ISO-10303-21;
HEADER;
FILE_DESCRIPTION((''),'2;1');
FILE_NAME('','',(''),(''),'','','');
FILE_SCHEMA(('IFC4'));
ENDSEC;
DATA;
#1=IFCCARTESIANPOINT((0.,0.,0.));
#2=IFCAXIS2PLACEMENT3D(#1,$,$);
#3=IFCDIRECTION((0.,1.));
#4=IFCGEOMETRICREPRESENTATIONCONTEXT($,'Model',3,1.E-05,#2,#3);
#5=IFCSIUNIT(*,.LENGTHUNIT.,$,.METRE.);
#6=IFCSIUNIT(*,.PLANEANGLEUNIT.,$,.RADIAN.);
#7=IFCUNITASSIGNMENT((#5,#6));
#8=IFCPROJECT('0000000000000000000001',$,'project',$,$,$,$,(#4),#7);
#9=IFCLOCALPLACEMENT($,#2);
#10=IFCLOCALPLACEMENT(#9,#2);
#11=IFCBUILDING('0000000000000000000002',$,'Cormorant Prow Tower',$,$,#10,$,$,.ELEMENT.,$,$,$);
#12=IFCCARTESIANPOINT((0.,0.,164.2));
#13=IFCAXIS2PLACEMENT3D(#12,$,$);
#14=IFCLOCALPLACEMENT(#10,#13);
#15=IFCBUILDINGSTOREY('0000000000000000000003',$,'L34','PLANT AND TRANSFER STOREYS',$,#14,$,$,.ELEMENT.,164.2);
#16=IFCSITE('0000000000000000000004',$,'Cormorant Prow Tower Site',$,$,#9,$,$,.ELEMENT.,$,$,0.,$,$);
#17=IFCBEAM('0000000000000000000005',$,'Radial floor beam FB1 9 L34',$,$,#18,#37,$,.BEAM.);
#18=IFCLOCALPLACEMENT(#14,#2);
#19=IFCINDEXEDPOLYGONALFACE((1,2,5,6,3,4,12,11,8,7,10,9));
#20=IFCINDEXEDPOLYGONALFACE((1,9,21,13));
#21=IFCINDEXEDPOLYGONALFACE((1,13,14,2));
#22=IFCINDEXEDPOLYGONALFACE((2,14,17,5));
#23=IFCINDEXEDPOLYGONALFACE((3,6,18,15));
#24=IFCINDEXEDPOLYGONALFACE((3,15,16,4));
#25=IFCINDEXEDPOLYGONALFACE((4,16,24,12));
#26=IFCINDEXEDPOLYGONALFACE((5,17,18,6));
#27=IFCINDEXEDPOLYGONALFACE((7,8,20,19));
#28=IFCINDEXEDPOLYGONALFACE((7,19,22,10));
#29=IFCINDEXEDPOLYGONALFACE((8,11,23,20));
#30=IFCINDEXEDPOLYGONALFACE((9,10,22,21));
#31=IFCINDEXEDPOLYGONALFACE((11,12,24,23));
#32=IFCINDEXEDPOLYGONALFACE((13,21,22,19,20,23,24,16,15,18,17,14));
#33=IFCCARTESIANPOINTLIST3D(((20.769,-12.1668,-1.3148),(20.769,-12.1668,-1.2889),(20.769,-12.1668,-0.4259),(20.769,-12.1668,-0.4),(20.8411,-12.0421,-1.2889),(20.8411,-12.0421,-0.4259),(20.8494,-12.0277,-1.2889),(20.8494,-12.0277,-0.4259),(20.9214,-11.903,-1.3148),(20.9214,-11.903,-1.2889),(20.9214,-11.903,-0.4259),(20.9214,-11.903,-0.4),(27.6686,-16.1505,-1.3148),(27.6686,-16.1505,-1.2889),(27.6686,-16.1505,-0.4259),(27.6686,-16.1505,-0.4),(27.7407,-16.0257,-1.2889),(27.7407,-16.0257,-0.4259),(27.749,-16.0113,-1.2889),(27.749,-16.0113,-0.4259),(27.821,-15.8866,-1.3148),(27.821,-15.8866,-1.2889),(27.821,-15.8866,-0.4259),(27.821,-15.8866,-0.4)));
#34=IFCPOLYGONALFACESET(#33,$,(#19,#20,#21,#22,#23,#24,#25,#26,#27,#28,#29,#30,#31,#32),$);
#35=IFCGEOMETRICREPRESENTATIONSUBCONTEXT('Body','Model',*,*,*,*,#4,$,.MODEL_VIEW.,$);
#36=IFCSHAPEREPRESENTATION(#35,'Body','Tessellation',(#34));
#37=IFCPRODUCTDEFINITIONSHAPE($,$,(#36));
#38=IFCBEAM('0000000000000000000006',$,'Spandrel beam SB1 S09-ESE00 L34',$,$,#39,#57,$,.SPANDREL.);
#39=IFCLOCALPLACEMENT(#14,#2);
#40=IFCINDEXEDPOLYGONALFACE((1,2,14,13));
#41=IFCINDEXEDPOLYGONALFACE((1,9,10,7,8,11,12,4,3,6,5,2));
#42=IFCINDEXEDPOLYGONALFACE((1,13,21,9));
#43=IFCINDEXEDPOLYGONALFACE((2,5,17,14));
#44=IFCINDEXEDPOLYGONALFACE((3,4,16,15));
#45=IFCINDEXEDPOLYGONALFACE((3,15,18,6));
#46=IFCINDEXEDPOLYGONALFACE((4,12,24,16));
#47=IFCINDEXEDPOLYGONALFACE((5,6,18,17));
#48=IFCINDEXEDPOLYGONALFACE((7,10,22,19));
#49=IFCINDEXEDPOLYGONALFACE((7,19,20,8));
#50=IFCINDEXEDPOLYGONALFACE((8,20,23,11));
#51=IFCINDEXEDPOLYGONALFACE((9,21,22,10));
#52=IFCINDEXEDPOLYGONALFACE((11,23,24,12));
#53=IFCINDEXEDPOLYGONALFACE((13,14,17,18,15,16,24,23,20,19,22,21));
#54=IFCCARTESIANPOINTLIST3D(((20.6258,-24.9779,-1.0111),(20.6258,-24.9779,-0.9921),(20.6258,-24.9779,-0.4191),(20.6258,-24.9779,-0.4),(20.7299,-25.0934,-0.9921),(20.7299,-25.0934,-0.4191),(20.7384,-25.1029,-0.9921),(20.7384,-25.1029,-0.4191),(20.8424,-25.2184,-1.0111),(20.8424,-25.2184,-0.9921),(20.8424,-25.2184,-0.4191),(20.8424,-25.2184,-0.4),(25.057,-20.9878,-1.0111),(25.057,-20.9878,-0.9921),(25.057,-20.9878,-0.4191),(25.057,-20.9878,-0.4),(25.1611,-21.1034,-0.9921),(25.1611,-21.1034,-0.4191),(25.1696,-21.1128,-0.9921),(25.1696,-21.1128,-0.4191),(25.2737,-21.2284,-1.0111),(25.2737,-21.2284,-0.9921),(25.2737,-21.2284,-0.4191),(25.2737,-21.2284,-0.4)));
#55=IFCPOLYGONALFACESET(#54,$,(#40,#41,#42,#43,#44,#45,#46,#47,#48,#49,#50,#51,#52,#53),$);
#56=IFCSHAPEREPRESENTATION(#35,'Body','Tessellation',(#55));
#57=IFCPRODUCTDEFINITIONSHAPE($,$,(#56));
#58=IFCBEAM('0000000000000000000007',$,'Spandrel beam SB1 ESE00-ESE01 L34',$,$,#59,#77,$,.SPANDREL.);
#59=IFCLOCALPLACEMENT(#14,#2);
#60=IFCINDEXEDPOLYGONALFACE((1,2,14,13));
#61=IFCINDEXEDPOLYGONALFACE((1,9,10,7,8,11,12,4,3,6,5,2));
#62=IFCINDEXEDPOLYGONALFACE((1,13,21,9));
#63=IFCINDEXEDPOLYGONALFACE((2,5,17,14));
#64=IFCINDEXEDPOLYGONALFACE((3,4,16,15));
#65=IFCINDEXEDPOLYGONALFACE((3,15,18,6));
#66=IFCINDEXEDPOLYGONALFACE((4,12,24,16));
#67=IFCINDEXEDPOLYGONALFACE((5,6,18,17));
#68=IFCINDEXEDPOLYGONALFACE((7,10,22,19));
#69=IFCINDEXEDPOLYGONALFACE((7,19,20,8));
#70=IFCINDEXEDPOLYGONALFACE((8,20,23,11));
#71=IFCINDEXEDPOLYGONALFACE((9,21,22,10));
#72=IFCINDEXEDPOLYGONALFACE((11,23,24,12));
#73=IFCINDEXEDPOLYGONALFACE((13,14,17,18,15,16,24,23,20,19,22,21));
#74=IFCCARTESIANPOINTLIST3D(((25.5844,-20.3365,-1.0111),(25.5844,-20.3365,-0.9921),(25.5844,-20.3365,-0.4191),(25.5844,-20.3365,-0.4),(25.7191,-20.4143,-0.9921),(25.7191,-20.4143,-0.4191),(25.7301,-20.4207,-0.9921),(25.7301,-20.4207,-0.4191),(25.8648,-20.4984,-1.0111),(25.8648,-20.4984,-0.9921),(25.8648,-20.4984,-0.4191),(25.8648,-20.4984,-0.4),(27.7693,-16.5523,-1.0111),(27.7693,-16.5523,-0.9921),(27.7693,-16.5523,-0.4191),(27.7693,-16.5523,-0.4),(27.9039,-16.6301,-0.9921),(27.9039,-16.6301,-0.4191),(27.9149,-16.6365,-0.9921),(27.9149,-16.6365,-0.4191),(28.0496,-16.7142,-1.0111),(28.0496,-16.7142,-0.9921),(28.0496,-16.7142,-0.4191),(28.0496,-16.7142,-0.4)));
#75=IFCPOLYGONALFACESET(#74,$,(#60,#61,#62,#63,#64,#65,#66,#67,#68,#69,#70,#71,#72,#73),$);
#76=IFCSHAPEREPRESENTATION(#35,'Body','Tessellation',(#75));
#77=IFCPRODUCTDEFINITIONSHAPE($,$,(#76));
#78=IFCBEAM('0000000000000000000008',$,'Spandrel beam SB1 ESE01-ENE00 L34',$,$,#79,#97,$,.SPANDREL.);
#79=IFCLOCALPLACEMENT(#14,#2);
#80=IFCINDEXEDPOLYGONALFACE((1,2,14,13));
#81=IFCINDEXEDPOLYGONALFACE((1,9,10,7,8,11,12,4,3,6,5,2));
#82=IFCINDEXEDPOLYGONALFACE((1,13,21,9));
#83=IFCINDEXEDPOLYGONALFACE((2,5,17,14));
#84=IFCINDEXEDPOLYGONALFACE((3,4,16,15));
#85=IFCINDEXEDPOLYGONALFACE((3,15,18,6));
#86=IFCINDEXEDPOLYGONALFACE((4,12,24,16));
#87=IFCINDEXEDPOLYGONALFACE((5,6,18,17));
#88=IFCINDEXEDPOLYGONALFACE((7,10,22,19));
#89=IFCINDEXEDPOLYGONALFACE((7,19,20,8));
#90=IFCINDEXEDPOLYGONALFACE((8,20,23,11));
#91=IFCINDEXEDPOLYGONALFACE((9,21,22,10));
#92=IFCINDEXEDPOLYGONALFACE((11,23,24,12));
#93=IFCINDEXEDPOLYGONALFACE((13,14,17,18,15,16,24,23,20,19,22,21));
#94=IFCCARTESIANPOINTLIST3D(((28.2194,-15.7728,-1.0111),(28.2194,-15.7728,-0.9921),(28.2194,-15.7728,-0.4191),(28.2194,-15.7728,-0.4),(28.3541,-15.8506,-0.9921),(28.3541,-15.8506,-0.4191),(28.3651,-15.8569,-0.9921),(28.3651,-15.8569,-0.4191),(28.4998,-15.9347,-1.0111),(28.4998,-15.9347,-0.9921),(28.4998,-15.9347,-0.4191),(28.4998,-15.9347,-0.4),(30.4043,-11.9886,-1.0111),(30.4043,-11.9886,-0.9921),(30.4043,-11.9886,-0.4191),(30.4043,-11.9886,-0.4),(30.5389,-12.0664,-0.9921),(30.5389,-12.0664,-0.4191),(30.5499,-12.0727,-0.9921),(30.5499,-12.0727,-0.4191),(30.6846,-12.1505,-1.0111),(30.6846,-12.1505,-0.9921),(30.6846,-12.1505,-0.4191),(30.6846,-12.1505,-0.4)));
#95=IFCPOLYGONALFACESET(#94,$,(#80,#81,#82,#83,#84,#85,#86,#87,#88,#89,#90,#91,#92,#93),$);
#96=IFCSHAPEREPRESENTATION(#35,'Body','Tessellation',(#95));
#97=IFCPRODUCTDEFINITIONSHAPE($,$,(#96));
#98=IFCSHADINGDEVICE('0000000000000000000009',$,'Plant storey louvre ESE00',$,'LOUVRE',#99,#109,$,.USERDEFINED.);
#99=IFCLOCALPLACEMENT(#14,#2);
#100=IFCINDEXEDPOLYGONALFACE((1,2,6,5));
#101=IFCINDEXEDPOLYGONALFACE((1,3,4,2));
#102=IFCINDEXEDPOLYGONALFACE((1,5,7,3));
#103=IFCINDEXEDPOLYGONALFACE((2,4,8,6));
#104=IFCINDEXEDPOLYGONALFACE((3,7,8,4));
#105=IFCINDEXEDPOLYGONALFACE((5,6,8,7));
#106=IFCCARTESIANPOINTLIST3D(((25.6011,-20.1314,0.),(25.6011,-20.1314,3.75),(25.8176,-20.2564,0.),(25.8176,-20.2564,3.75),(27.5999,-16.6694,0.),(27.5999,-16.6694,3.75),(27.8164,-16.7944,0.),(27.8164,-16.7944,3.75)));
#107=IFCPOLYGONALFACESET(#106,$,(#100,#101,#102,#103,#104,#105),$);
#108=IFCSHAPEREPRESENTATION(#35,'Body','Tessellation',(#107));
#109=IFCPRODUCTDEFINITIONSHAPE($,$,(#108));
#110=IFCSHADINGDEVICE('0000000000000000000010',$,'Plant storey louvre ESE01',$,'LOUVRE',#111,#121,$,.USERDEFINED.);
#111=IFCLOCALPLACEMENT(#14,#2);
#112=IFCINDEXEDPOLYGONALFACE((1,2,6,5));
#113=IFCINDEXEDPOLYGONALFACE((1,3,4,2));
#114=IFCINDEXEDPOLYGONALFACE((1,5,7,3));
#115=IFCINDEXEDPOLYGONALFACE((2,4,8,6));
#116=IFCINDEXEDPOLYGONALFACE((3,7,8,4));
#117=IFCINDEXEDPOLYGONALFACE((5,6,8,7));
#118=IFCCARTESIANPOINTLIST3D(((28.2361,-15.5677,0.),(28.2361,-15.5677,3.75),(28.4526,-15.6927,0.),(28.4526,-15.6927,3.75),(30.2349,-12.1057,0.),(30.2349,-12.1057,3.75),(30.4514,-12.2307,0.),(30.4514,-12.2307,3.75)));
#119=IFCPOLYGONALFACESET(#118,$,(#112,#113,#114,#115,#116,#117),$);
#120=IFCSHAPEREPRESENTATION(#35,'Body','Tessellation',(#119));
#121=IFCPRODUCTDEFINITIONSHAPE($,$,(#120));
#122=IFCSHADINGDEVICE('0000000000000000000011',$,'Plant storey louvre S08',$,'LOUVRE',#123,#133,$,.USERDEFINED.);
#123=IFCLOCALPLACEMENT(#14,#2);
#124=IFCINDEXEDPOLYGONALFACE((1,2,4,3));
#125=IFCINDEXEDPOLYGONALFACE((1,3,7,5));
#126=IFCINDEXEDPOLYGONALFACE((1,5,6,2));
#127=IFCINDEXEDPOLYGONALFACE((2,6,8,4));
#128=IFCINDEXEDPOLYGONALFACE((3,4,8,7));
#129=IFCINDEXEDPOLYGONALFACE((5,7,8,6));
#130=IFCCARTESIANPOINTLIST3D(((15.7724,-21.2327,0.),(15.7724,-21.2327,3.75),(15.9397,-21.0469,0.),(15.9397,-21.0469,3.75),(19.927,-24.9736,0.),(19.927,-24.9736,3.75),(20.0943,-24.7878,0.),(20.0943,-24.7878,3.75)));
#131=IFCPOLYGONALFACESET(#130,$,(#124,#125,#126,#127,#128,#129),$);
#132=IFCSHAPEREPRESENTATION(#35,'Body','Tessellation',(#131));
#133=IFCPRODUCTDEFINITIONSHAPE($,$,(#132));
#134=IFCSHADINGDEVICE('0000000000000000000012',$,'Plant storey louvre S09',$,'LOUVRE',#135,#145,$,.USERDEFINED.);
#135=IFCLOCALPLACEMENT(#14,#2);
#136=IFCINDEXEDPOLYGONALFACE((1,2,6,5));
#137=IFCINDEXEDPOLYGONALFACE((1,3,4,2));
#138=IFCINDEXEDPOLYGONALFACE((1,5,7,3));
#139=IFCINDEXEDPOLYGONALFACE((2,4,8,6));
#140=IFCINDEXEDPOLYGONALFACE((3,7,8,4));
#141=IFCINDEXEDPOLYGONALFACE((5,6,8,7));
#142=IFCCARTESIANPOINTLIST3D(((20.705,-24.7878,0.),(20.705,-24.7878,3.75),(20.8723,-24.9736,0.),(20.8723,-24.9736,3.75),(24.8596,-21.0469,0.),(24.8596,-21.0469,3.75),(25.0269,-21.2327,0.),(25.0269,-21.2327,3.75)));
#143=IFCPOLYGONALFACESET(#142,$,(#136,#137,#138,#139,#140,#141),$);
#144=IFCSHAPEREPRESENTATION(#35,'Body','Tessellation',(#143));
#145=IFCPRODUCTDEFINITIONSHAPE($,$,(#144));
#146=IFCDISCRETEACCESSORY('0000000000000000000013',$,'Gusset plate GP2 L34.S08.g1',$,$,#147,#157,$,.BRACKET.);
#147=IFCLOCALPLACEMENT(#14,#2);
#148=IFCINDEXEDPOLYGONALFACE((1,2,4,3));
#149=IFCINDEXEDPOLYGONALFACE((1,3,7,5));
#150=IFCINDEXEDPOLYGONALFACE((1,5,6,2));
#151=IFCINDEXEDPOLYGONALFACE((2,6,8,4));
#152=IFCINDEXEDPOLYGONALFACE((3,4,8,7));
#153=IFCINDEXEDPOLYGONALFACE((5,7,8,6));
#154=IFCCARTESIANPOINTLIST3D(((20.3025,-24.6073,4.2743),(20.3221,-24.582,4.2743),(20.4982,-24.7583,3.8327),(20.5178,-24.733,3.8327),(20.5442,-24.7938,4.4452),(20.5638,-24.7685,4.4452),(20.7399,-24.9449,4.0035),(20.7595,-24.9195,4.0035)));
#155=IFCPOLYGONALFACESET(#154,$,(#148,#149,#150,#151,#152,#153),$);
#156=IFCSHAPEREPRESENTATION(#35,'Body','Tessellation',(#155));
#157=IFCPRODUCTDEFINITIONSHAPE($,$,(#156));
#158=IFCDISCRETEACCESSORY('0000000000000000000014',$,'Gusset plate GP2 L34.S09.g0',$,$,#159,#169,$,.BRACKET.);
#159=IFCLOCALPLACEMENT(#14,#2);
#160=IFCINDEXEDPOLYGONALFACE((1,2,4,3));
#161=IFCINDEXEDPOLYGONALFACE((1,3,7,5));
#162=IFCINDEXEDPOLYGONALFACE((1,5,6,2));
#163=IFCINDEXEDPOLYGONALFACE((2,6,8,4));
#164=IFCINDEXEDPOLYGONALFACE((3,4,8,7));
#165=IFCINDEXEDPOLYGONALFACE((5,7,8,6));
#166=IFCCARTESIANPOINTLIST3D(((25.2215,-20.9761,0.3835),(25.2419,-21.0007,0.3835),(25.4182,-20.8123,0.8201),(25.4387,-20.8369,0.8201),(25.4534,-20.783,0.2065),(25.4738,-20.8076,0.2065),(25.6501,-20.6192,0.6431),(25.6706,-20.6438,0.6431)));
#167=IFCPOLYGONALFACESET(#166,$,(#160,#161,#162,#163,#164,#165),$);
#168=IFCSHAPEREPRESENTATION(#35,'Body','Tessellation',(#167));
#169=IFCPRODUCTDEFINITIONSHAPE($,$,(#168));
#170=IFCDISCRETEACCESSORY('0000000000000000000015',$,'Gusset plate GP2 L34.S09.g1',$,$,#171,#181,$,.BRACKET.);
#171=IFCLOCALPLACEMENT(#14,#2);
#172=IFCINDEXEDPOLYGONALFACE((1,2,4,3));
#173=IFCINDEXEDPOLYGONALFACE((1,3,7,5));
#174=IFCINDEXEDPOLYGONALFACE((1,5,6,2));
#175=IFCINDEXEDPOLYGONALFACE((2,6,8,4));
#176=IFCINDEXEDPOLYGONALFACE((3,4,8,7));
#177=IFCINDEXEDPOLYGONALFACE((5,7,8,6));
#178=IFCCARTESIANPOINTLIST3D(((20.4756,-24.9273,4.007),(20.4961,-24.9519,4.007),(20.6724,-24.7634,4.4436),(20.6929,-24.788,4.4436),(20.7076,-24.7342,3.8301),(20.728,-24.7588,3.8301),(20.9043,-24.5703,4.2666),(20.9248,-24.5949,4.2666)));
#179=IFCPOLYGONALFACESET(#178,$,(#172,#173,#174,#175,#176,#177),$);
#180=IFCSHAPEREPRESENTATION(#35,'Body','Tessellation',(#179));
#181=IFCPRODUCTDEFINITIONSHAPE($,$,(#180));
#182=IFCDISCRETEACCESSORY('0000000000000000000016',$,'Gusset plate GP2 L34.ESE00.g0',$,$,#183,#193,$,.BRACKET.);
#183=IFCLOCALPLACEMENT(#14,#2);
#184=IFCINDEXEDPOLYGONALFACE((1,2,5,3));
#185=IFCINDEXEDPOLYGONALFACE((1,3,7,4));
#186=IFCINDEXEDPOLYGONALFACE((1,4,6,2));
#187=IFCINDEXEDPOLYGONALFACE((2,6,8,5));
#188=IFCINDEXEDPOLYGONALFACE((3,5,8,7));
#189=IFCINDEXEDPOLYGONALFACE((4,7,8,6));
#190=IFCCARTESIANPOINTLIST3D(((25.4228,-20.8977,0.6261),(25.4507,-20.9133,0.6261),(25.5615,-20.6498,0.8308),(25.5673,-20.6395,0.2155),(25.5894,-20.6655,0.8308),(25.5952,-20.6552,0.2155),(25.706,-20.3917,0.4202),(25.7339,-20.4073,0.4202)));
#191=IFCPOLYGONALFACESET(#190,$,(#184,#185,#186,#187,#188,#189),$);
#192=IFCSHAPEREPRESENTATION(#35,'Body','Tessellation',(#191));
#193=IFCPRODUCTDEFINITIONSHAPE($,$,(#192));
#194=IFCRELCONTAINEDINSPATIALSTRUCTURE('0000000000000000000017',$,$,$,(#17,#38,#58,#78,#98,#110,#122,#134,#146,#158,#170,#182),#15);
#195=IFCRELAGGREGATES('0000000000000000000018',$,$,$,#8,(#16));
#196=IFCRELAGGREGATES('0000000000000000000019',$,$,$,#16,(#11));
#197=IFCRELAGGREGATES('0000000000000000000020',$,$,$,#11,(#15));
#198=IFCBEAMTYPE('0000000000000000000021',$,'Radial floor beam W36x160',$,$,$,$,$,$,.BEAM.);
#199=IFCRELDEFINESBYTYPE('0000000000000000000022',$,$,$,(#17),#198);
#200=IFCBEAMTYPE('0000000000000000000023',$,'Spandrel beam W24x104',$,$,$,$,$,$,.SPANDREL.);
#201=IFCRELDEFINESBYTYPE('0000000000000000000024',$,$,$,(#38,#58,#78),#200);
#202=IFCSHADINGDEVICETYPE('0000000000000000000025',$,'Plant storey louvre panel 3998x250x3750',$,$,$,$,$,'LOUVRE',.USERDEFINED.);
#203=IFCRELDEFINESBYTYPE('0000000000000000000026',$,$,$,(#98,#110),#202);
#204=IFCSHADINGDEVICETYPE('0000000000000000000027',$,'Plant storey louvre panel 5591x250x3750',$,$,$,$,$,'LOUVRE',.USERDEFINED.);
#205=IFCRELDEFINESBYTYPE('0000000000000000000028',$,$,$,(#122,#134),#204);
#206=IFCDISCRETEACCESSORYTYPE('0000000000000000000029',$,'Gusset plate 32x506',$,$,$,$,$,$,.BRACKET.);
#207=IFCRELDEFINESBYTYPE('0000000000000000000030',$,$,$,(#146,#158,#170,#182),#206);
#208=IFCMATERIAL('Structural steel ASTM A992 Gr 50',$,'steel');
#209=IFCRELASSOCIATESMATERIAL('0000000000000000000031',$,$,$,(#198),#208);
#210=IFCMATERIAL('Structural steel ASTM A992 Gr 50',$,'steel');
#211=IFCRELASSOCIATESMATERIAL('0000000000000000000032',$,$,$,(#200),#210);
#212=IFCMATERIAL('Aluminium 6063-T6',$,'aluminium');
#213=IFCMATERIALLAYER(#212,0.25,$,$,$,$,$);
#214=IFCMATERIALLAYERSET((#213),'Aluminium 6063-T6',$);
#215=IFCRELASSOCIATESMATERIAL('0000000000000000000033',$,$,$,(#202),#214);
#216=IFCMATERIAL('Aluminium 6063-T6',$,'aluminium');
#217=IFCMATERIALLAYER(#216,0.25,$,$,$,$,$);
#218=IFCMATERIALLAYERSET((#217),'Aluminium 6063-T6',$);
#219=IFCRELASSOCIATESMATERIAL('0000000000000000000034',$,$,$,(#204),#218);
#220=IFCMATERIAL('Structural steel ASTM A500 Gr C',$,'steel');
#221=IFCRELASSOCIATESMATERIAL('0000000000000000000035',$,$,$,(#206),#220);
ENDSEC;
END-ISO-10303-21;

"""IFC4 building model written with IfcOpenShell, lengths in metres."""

from ifc_helpers import new_model, si_unit, direction, frame, origin, origin_2d, place, context, subcontext, project, spatial, rectangle, i_section, extrude, material, layer, layer_set, material_profile, profile_set, type_object, element, save


model = new_model("IFC4")

# Units and contexts
model_context = context("Model", 3, precision=1e-05, world=origin(), true_north=direction((0.0, 1.0)))
body_context = subcontext(model_context, "Body", "Model", "MODEL_VIEW")
ifc_project = project(units=[si_unit("LENGTHUNIT", "METRE"), si_unit("PLANEANGLEUNIT", "RADIAN")], contexts=[model_context])

# Site, building, storey
site_placement = place(None, origin())
site = spatial("IfcSite", under=ifc_project, at=site_placement, Name="Cormorant Prow Tower Site", CompositionType="ELEMENT", RefElevation=0.0)
building_placement = place(site_placement, origin())
building = spatial("IfcBuilding", under=site, at=building_placement, Name="Cormorant Prow Tower", CompositionType="ELEMENT")
storey_placement = place(building_placement, frame((0.0, 0.0, 164.2)))
storey = spatial("IfcBuildingStorey", under=building, at=storey_placement, Name="L34", Description="PLANT AND TRANSFER STOREYS", CompositionType="ELEMENT", Elevation=164.2)

# Beams
ifc_material_1 = material(Name="Structural steel ASTM A992 Gr 50", Category="steel")
ifc_material_profile_1 = material_profile(ifc_material_1, i_section(OverallWidth=0.3047, OverallDepth=0.9148, WebThickness=0.0166, FlangeThickness=0.0259, at=origin_2d()), Name="W36x160")
ifc_profile_set_1 = profile_set([ifc_material_profile_1], Name="Structural steel ASTM A992 Gr 50")
beam_type_1 = type_object("IfcBeamType", Name="Radial floor beam W36x160", PredefinedType="BEAM", material=ifc_profile_set_1)
beam_1_placement = place(storey_placement, frame((20.8452, -12.0349, -0.8574), z_axis=(0.866019, -0.500012, 0.0), x_axis=(0.500012, 0.866019, 0.0)))
element("IfcBeam", 1, at=beam_1_placement, inside=storey, type_object=beam_type_1, Name="Radial floor beam FB1 9 L34", PredefinedType="BEAM", context=body_context, shape_type="SweptSolid", body=[
    extrude(i_section(OverallWidth=0.3047, OverallDepth=0.9148, WebThickness=0.0166, FlangeThickness=0.0259, at=origin_2d()), origin(), (0.0, 0.0, 1.0), 7.967),
])
ifc_material_2 = material(Name="Structural steel ASTM A992 Gr 50", Category="steel")
ifc_material_profile_2 = material_profile(ifc_material_2, i_section(OverallWidth=0.3237, OverallDepth=0.6111, WebThickness=0.0127, FlangeThickness=0.019, at=origin_2d()), Name="W24x104")
ifc_profile_set_2 = profile_set([ifc_material_profile_2], Name="Structural steel ASTM A992 Gr 50")
beam_type_2 = type_object("IfcBeamType", Name="Spandrel beam W24x104", PredefinedType="SPANDREL", material=ifc_profile_set_2)
beam_2_placement = place(storey_placement, frame((20.7341, -25.0981, -0.7056), z_axis=(0.743131, 0.669146, 0.0), x_axis=(-0.669146, 0.743131, 0.0)))
element("IfcBeam", 2, at=beam_2_placement, inside=storey, type_object=beam_type_2, Name="Spandrel beam SB1 S09-ESE00 L34", PredefinedType="SPANDREL", context=body_context, shape_type="SweptSolid", body=[
    extrude(i_section(OverallWidth=0.3237, OverallDepth=0.6111, WebThickness=0.0127, FlangeThickness=0.019, at=origin_2d()), origin(), (0.0, 0.0, 1.0), 5.9629),
])
for number, where, z_axis, x_axis, name in (
    (3, (25.7246, -20.4175, -0.7056), (0.500003, 0.866024, 0.0), (-0.866024, 0.500003, 0.0), "Spandrel beam SB1 ESE00-ESE01 L34"),
    (4, (28.3596, -15.8538, -0.7056), (0.500003, 0.866024, 0.0), (-0.866024, 0.500003, 0.0), "Spandrel beam SB1 ESE01-ENE00 L34"),
):
    element("IfcBeam", number, at=place(storey_placement, frame(where, z_axis=z_axis, x_axis=x_axis)), inside=storey, type_object=beam_type_2, Name=name, PredefinedType="SPANDREL", context=body_context, shape_type="SweptSolid", body=[
        extrude(i_section(OverallWidth=0.3237, OverallDepth=0.6111, WebThickness=0.0127, FlangeThickness=0.019, at=origin_2d()), origin(), (0.0, 0.0, 1.0), 4.3696),
    ])

# Shading devices
ifc_material_3 = material(Name="Aluminium 6063-T6", Category="aluminium")
ifc_layer_1 = layer(ifc_material_3, 0.25)
ifc_layer_set_1 = layer_set([ifc_layer_1], Name="Aluminium 6063-T6")
shading_device_type_1 = type_object("IfcShadingDeviceType", Name="Plant storey louvre panel 3998x250x3750", ElementType="LOUVRE", PredefinedType="USERDEFINED", material=ifc_layer_set_1)
for number, where, z_axis, x_axis, name in (
    (5, (26.7087, -18.4629, 0.0), (0.0, 0.0, 1.0), (0.5, 0.866025, 0.0), "Plant storey louvre ESE00"),
    (6, (29.3438, -13.8992, 0.0), (0.0, 0.0, 1.0), (0.5, 0.866025, 0.0), "Plant storey louvre ESE01"),
):
    element("IfcShadingDevice", number, at=place(storey_placement, frame(where, z_axis=z_axis, x_axis=x_axis)), inside=storey, type_object=shading_device_type_1, Name=name, ObjectType="LOUVRE", PredefinedType="USERDEFINED", context=body_context, shape_type="SweptSolid", body=[
        extrude(rectangle(XDim=3.9976, YDim=0.25, at=origin_2d()), origin(), (0.0, 0.0, 1.0), 3.75),
    ])
ifc_material_4 = material(Name="Aluminium 6063-T6", Category="aluminium")
ifc_layer_2 = layer(ifc_material_4, 0.25)
ifc_layer_set_2 = layer_set([ifc_layer_2], Name="Aluminium 6063-T6")
shading_device_type_2 = type_object("IfcShadingDeviceType", Name="Plant storey louvre panel 5591x250x3750", ElementType="LOUVRE", PredefinedType="USERDEFINED", material=ifc_layer_set_2)
for number, where, z_axis, x_axis, name in (
    (7, (17.9333, -23.0103, 0.0), (0.0, 0.0, 1.0), (0.743145, -0.669131, 0.0), "Plant storey louvre S08"),
    (8, (22.866, -23.0103, 0.0), (0.0, 0.0, 1.0), (0.743145, 0.669131, 0.0), "Plant storey louvre S09"),
):
    element("IfcShadingDevice", number, at=place(storey_placement, frame(where, z_axis=z_axis, x_axis=x_axis)), inside=storey, type_object=shading_device_type_2, Name=name, ObjectType="LOUVRE", PredefinedType="USERDEFINED", context=body_context, shape_type="SweptSolid", body=[
        extrude(rectangle(XDim=5.5906, YDim=0.25, at=origin_2d()), origin(), (0.0, 0.0, 1.0), 3.75),
    ])

# Discrete accessories
ifc_material_5 = material(Name="Structural steel ASTM A500 Gr C", Category="steel")
ifc_material_profile_3 = material_profile(ifc_material_5, rectangle(XDim=0.032, YDim=0.5061, at=origin_2d()), Name="Gusset plate 32x506")
ifc_profile_set_3 = profile_set([ifc_material_profile_3], Name="Structural steel ASTM A500 Gr C")
discrete_accessory_type_1 = type_object("IfcDiscreteAccessoryType", Name="Gusset plate 32x506", PredefinedType="BRACKET", material=ifc_profile_set_3)
for number, where, z_axis, x_axis, name in (
    (9, (20.4102, -24.6702, 4.0535), (0.690807, -0.533107, 0.488449), (0.610947, 0.791672, 0.0), "Gusset plate GP2 L34.S08.g1"),
    (10, (25.3301, -20.9065, 0.6018), (0.662894, 0.551946, -0.505893), (-0.639866, 0.768486, 0.0), "Gusset plate GP2 L34.S09.g0"),
    (11, (20.8162, -24.6646, 4.0483), (-0.662894, -0.551946, 0.505893), (0.639866, -0.768486, 0.0), "Gusset plate GP2 L34.S09.g1"),
):
    element("IfcDiscreteAccessory", number, at=place(storey_placement, frame(where, z_axis=z_axis, x_axis=x_axis)), inside=storey, type_object=discrete_accessory_type_1, Name=name, PredefinedType="BRACKET", context=body_context, shape_type="SweptSolid", body=[
        extrude(rectangle(XDim=0.032, YDim=0.5061, at=origin_2d()), origin(), (0.0, 0.0, 1.0), 0.3499),
    ])
for number, where, z_axis, x_axis, name in (
    (12, (25.6477, -20.5286, 0.6255), (-0.396217, -0.708028, -0.584559), (0.872653, -0.488342, 0.0), "Gusset plate GP2 L34.ESE00.g0"),
):
    element("IfcDiscreteAccessory", number, at=place(storey_placement, frame(where, z_axis=z_axis, x_axis=x_axis)), inside=storey, type_object=discrete_accessory_type_1, Name=name, PredefinedType="BRACKET", context=body_context, shape_type="SweptSolid", body=[
        extrude(rectangle(XDim=0.032, YDim=0.5061, at=origin_2d()), origin(), (0.0, 0.0, 1.0), 0.3501),
    ])

save(model, "model.ifc")
